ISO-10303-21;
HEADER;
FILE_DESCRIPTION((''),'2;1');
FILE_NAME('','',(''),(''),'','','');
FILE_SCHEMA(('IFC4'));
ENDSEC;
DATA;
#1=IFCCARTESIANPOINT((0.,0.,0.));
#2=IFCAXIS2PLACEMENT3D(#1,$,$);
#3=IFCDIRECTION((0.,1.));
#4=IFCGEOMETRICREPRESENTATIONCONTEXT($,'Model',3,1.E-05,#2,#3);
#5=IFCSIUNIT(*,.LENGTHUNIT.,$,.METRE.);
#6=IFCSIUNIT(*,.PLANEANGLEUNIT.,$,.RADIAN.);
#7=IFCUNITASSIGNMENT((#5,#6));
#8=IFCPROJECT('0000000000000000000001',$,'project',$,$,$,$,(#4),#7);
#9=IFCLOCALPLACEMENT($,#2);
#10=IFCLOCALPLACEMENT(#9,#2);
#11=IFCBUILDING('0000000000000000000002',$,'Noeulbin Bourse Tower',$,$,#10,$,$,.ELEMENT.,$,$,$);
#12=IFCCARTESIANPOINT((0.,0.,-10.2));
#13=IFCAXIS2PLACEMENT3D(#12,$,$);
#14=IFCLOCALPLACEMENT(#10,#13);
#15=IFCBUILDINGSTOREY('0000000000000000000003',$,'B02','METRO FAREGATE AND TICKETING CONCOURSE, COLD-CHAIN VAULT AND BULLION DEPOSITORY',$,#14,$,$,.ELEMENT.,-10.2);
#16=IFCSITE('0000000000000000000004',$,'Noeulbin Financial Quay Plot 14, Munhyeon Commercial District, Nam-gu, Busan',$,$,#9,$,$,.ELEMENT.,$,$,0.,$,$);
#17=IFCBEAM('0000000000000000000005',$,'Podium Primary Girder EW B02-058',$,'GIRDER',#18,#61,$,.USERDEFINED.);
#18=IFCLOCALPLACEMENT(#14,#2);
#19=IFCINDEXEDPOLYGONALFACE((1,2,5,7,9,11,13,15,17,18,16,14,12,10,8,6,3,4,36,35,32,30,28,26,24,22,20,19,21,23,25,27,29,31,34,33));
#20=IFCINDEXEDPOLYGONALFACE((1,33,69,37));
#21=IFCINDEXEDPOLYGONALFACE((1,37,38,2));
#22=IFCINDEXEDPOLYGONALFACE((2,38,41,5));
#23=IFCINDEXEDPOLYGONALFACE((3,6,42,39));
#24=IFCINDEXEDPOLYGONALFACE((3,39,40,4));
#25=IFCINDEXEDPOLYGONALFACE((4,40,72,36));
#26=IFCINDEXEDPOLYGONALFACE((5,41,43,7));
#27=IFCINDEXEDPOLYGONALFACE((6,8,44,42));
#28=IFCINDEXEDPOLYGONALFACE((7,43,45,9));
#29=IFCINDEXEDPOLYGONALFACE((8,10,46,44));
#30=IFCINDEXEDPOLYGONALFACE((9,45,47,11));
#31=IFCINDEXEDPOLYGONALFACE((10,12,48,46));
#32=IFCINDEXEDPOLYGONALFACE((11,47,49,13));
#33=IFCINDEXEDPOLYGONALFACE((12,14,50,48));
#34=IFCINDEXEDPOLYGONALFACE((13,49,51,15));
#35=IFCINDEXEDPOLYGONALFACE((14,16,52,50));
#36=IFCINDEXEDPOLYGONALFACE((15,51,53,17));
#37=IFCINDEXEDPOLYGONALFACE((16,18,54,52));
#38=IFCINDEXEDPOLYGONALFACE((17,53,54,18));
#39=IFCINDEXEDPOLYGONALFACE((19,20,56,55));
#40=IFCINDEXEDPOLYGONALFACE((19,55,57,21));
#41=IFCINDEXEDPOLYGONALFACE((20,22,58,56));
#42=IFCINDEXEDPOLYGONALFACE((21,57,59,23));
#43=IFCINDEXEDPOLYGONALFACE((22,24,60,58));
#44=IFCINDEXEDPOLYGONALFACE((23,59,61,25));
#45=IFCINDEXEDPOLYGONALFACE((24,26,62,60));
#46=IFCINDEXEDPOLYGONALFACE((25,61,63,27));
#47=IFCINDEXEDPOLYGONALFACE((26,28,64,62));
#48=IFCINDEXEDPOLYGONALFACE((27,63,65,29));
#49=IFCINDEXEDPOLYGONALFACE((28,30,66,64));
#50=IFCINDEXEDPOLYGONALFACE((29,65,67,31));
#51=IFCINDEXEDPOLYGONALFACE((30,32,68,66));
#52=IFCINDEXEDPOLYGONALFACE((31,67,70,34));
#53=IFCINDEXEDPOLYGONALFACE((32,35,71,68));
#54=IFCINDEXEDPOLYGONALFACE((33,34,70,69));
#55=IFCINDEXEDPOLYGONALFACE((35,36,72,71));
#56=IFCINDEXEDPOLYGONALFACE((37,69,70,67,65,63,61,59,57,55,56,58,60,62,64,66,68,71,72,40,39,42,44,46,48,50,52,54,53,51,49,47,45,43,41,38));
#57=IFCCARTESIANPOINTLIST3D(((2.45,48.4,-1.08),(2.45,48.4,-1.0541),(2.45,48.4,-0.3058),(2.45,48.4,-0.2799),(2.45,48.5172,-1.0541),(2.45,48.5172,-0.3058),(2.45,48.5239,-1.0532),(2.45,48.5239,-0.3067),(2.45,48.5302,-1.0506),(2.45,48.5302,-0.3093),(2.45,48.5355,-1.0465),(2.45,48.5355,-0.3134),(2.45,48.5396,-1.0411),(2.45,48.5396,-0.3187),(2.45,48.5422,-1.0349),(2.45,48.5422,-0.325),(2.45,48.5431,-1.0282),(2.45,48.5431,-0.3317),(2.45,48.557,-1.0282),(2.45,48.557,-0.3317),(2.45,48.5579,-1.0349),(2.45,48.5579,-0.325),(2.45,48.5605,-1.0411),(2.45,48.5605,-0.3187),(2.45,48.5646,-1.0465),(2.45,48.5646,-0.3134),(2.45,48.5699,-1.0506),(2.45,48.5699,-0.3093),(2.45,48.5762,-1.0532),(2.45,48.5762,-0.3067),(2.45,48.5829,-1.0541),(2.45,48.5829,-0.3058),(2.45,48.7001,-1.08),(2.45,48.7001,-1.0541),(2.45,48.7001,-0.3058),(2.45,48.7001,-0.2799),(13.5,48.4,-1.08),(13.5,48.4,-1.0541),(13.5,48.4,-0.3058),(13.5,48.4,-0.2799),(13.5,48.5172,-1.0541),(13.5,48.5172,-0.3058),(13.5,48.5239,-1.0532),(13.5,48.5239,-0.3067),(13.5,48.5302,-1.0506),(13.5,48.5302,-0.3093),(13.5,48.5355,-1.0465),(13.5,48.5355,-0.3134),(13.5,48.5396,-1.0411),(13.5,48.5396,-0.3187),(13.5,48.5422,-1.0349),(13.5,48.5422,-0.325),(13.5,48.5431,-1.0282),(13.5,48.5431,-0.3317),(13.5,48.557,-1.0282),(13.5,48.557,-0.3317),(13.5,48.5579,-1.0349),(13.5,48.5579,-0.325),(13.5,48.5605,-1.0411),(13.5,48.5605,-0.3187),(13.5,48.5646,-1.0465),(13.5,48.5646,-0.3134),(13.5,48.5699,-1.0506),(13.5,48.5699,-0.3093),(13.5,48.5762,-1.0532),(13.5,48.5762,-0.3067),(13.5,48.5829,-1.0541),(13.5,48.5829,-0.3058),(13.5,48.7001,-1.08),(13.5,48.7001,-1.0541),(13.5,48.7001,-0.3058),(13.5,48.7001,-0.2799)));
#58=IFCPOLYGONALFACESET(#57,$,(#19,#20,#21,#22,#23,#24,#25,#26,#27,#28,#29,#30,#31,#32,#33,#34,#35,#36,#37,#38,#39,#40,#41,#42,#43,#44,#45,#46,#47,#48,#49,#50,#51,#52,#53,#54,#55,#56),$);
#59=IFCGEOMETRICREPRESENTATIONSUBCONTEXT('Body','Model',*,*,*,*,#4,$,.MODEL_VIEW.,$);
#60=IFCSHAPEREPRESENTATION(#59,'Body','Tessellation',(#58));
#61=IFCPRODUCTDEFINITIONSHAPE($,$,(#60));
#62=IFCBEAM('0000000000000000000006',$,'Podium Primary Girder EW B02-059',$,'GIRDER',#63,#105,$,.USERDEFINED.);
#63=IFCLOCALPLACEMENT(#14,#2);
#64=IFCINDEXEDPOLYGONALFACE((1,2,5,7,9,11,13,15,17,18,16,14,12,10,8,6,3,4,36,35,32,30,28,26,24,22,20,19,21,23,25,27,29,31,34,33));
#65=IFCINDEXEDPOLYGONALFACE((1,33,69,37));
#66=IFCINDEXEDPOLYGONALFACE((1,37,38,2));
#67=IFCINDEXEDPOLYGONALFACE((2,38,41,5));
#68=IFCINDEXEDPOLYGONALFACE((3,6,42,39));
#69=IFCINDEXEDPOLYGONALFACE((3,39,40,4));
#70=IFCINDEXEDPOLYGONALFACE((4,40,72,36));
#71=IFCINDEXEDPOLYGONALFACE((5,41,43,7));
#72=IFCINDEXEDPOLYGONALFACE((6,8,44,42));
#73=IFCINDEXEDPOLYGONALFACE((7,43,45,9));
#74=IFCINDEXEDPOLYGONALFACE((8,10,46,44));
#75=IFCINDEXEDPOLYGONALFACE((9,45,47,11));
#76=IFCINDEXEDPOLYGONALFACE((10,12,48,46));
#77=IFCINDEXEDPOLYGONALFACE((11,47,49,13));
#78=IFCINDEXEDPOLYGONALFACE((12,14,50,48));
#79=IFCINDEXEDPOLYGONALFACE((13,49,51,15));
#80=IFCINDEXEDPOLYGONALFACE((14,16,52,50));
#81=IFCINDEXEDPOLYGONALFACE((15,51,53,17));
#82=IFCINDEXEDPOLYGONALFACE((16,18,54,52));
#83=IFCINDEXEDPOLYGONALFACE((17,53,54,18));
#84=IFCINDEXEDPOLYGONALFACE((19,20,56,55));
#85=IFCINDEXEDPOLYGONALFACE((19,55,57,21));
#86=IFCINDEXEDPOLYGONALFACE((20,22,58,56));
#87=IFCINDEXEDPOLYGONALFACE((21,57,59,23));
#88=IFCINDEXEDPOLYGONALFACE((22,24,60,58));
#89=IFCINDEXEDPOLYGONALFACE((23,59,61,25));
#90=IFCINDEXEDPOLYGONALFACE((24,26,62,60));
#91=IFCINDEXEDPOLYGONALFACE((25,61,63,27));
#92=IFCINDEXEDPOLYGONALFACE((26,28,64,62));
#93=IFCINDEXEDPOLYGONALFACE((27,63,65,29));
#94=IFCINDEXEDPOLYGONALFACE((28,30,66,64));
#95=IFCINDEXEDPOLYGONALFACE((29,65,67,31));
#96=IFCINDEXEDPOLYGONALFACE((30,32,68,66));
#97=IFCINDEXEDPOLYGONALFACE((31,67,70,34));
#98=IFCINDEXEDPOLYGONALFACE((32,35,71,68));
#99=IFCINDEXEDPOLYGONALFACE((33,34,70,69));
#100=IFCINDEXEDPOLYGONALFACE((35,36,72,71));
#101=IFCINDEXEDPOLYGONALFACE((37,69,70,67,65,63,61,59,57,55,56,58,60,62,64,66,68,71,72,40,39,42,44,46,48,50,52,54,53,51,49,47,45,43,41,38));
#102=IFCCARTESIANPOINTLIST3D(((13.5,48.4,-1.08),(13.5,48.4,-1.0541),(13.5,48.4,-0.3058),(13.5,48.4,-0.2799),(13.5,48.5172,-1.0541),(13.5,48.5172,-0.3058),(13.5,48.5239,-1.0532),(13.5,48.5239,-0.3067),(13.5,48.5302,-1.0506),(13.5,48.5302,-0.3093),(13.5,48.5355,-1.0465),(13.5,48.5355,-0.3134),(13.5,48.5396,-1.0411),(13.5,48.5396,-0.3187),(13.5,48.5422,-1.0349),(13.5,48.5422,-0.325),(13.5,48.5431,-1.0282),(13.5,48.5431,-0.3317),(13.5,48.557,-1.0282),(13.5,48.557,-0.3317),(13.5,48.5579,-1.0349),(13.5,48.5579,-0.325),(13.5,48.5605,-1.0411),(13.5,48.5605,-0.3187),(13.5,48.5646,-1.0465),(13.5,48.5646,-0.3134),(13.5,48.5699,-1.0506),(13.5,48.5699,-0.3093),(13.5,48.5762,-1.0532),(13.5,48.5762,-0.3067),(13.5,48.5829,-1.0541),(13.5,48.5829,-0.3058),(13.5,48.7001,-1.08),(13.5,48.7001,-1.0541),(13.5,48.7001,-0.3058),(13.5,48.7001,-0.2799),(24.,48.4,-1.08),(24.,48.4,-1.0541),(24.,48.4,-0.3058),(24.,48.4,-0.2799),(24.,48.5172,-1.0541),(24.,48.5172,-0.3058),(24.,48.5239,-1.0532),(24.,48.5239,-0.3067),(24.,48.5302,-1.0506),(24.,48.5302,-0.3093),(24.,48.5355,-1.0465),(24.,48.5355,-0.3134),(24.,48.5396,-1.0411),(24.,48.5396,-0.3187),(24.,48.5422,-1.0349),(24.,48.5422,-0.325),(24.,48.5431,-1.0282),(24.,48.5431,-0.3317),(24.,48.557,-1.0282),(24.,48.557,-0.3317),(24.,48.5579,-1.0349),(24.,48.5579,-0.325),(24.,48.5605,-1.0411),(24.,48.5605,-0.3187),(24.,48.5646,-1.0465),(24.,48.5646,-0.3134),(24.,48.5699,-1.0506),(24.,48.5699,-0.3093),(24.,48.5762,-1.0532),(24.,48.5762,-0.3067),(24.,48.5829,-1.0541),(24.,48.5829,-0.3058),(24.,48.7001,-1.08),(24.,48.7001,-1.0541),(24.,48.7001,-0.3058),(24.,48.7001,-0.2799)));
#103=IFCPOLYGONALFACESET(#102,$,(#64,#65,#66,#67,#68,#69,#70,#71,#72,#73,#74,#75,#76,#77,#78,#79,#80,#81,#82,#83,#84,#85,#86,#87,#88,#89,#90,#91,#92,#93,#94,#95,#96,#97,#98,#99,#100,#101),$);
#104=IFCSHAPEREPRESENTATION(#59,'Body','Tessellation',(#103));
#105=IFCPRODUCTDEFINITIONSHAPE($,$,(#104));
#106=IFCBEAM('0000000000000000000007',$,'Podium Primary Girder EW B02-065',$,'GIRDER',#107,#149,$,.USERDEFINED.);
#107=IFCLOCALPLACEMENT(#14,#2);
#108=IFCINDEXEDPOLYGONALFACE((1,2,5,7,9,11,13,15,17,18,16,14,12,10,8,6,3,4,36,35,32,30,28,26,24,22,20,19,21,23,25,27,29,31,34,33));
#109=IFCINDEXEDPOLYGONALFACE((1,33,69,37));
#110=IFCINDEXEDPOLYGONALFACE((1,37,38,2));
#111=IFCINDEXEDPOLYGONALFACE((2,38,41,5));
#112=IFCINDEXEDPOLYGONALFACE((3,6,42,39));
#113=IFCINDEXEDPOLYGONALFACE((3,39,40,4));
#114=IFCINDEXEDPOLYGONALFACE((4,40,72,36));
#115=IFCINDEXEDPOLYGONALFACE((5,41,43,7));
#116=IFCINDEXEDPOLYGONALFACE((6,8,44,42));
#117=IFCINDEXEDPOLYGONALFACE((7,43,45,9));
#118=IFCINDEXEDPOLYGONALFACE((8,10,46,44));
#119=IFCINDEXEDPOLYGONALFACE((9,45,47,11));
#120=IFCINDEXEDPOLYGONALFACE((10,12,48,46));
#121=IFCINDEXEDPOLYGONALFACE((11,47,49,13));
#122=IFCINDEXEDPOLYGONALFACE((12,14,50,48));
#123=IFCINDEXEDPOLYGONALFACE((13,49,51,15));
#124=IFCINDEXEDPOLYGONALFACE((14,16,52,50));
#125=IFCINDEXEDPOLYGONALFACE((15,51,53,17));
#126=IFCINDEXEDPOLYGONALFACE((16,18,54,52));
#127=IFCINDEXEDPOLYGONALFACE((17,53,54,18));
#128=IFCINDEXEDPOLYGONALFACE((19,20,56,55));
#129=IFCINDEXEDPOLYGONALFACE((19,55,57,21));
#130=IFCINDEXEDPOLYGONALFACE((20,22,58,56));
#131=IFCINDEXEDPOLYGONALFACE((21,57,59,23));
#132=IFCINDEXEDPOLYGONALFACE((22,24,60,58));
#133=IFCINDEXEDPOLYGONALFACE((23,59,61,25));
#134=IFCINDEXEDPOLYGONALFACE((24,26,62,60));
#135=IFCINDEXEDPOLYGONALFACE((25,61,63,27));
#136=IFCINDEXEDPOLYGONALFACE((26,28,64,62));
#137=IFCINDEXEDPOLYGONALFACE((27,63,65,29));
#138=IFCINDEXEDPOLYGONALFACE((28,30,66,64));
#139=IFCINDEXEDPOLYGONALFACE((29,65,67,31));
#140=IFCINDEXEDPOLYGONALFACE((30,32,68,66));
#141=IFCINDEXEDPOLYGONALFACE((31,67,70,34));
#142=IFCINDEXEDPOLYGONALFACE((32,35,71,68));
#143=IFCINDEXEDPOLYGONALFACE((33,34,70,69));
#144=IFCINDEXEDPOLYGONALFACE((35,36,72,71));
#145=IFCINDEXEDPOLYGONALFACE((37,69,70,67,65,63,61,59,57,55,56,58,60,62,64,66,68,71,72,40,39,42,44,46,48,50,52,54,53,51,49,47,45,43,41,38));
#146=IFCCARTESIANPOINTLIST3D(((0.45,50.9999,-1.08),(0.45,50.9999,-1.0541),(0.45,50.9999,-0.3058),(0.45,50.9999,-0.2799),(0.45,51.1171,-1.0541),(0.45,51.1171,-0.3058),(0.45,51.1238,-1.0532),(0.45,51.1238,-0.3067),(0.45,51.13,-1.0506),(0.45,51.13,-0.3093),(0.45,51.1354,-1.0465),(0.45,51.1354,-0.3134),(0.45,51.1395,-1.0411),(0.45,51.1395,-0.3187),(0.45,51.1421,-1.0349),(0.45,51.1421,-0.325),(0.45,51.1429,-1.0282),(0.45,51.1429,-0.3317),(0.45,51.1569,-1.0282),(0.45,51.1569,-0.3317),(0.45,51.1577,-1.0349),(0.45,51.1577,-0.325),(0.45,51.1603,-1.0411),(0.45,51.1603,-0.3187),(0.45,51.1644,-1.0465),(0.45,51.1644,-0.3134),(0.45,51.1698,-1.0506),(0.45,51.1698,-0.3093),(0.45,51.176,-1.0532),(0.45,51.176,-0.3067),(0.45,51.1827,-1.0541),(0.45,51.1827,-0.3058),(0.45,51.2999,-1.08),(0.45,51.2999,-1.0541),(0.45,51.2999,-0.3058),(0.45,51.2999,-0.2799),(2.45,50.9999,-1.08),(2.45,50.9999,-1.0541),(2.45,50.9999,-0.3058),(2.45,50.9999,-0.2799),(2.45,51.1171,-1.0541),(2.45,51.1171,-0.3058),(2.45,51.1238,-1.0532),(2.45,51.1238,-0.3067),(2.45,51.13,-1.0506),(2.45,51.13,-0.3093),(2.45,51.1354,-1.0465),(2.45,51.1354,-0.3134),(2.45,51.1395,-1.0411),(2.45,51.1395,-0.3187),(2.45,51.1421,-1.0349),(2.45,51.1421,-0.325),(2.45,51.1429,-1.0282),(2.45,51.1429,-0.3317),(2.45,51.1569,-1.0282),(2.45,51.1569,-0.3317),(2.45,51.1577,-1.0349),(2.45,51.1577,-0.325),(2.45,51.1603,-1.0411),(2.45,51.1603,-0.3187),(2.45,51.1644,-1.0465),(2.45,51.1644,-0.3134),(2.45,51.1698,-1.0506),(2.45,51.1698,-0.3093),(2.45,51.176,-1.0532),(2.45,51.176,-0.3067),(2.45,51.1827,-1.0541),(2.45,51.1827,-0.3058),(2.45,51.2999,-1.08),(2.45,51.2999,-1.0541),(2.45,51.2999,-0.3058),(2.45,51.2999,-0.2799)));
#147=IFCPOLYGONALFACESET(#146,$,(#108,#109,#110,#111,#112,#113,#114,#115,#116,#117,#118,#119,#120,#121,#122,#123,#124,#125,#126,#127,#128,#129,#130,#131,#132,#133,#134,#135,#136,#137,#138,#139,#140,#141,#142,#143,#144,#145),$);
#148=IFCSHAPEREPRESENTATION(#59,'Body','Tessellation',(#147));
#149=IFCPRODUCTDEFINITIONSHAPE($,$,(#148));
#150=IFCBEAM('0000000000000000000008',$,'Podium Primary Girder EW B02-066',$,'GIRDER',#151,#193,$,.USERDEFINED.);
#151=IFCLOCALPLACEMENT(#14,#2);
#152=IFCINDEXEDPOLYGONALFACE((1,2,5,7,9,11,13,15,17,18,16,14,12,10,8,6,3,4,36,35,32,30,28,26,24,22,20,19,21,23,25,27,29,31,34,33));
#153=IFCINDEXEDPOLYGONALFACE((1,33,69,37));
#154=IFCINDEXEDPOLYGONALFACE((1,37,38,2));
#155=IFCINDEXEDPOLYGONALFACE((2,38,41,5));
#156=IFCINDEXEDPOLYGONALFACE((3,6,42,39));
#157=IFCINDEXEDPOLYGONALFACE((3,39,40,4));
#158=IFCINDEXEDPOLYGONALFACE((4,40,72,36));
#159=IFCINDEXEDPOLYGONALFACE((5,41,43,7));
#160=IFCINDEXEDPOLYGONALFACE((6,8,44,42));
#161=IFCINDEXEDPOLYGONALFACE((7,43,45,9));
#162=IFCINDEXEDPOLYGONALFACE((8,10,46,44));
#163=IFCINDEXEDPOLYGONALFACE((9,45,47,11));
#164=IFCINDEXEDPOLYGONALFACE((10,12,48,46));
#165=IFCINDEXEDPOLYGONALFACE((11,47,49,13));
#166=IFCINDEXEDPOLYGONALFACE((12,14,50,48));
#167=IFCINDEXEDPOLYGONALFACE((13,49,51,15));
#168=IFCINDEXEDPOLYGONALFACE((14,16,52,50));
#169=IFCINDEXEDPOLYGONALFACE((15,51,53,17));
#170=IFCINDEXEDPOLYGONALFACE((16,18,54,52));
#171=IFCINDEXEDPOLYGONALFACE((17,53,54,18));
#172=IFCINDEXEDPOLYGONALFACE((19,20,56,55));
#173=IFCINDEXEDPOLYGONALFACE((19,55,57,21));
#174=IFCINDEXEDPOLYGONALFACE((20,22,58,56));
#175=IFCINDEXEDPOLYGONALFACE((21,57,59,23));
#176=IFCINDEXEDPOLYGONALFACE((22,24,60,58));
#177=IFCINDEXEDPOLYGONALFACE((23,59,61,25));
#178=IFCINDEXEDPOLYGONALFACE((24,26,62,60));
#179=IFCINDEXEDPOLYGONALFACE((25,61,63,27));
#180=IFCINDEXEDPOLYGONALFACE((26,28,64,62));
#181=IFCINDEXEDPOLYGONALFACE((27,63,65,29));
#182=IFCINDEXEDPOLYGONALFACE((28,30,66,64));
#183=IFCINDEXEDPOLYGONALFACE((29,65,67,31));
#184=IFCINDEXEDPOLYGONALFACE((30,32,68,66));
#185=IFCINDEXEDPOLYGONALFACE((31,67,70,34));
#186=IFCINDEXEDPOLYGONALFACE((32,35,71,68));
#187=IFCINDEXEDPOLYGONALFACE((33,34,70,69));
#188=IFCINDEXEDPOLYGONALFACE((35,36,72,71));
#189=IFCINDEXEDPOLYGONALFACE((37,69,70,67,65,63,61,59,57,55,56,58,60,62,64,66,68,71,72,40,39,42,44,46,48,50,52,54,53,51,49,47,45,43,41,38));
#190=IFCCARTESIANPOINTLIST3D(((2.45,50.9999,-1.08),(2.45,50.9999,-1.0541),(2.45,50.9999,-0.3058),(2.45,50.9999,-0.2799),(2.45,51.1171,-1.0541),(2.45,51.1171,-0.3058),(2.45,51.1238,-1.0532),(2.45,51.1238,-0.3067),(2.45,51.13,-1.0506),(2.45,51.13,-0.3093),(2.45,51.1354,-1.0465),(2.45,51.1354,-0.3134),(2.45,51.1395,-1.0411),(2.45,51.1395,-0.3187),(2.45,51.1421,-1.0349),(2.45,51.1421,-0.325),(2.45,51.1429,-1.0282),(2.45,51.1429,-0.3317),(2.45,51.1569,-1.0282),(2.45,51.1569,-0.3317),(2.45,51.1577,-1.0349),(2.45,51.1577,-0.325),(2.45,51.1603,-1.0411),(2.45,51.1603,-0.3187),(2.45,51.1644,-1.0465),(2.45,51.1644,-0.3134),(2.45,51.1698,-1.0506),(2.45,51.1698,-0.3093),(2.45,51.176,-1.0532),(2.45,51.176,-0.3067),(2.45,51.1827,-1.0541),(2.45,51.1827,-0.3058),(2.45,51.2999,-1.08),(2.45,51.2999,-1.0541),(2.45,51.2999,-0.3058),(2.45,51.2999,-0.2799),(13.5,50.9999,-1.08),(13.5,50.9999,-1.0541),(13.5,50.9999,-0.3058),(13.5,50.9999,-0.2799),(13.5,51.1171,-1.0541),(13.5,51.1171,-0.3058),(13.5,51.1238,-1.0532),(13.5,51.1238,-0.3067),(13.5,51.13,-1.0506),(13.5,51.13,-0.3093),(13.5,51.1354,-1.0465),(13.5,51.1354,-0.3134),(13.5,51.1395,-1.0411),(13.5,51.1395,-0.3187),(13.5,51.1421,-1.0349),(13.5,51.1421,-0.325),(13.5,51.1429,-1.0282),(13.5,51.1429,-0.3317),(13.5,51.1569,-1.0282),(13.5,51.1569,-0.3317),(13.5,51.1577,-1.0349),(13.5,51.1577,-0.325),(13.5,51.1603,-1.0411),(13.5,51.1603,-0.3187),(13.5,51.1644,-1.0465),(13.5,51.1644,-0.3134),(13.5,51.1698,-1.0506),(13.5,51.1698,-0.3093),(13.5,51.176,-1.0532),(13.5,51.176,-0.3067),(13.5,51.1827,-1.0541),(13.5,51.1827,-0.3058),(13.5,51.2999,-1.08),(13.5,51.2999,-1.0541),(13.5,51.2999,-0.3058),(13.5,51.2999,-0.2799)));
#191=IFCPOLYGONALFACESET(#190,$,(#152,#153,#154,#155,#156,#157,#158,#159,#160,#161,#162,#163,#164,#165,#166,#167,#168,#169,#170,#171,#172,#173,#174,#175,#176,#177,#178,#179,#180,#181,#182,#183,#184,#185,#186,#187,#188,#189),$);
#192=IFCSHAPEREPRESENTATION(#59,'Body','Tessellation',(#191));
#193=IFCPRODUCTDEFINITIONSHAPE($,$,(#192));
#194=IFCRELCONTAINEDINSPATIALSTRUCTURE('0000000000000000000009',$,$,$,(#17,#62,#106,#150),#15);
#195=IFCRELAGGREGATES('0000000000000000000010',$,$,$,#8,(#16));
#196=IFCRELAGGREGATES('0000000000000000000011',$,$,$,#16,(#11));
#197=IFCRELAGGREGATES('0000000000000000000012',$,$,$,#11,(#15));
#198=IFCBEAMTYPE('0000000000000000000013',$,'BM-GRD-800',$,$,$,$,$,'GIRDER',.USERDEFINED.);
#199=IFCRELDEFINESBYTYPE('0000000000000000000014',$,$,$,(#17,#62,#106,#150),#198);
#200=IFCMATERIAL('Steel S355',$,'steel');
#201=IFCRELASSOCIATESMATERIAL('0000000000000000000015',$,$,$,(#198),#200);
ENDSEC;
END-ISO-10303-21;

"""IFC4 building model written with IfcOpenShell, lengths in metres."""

from ifc_helpers import new_model, si_unit, direction, frame, origin, origin_2d, place, context, subcontext, project, spatial, i_section, extrude, material, material_profile, profile_set, type_object, element, save


model = new_model("IFC4")

# Units and contexts
model_context = context("Model", 3, precision=1e-05, world=origin(), true_north=direction((0.0, 1.0)))
body_context = subcontext(model_context, "Body", "Model", "MODEL_VIEW")
ifc_project = project(units=[si_unit("LENGTHUNIT", "METRE"), si_unit("PLANEANGLEUNIT", "RADIAN")], contexts=[model_context])

# Site, building, storey
site_placement = place(None, origin())
site = spatial("IfcSite", under=ifc_project, at=site_placement, Name="Noeulbin Financial Quay Plot 14, Munhyeon Commercial District, Nam-gu, Busan", CompositionType="ELEMENT", RefElevation=0.0)
building_placement = place(site_placement, origin())
building = spatial("IfcBuilding", under=site, at=building_placement, Name="Noeulbin Bourse Tower", CompositionType="ELEMENT")
storey_placement = place(building_placement, frame((0.0, 0.0, -10.2)))
storey = spatial("IfcBuildingStorey", under=building, at=storey_placement, Name="B02", Description="METRO FAREGATE AND TICKETING CONCOURSE, COLD-CHAIN VAULT AND BULLION DEPOSITORY", CompositionType="ELEMENT", Elevation=-10.2)

# Beams
ifc_material_1 = material(Name="Steel S355", Category="steel")
ifc_material_profile_1 = material_profile(ifc_material_1, i_section(OverallWidth=0.3, OverallDepth=0.8, WebThickness=0.0139, FlangeThickness=0.0259, FilletRadius=0.0259, at=origin_2d()), Name="H-800x300x14x26", Category="LoadBearing")
ifc_profile_set_1 = profile_set([ifc_material_profile_1], Name="Steel S355")
beam_type_1 = type_object("IfcBeamType", Name="BM-GRD-800", ElementType="GIRDER", PredefinedType="USERDEFINED", material=ifc_profile_set_1)
beam_1_placement = place(storey_placement, frame((2.45, 48.55, -0.6799), z_axis=(1.0, 0.0, 0.0), x_axis=(0.0, 1.0, 0.0)))
element("IfcBeam", 1, at=beam_1_placement, inside=storey, type_object=beam_type_1, Name="Podium Primary Girder EW B02-058", ObjectType="GIRDER", PredefinedType="USERDEFINED", context=body_context, shape_type="SweptSolid", body=[
    extrude(i_section(OverallWidth=0.3, OverallDepth=0.8, WebThickness=0.0139, FlangeThickness=0.0259, FilletRadius=0.0259, at=origin_2d()), origin(), (0.0, 0.0, 1.0), 11.05),
])
beam_2_placement = place(storey_placement, frame((13.5, 48.55, -0.6799), z_axis=(1.0, 0.0, 0.0), x_axis=(0.0, 1.0, 0.0)))
element("IfcBeam", 2, at=beam_2_placement, inside=storey, type_object=beam_type_1, Name="Podium Primary Girder EW B02-059", ObjectType="GIRDER", PredefinedType="USERDEFINED", context=body_context, shape_type="SweptSolid", body=[
    extrude(i_section(OverallWidth=0.3, OverallDepth=0.8, WebThickness=0.0139, FlangeThickness=0.0259, FilletRadius=0.0259, at=origin_2d()), origin(), (0.0, 0.0, 1.0), 10.5),
])
beam_3_placement = place(storey_placement, frame((0.45, 51.1499, -0.6799), z_axis=(1.0, 0.0, 0.0), x_axis=(0.0, 1.0, 0.0)))
element("IfcBeam", 3, at=beam_3_placement, inside=storey, type_object=beam_type_1, Name="Podium Primary Girder EW B02-065", ObjectType="GIRDER", PredefinedType="USERDEFINED", context=body_context, shape_type="SweptSolid", body=[
    extrude(i_section(OverallWidth=0.3, OverallDepth=0.8, WebThickness=0.0139, FlangeThickness=0.0259, FilletRadius=0.0259, at=origin_2d()), origin(), (0.0, 0.0, 1.0), 2.0),
])
beam_4_placement = place(storey_placement, frame((2.45, 51.1499, -0.6799), z_axis=(1.0, 0.0, 0.0), x_axis=(0.0, 1.0, 0.0)))
element("IfcBeam", 4, at=beam_4_placement, inside=storey, type_object=beam_type_1, Name="Podium Primary Girder EW B02-066", ObjectType="GIRDER", PredefinedType="USERDEFINED", context=body_context, shape_type="SweptSolid", body=[
    extrude(i_section(OverallWidth=0.3, OverallDepth=0.8, WebThickness=0.0139, FlangeThickness=0.0259, FilletRadius=0.0259, at=origin_2d()), origin(), (0.0, 0.0, 1.0), 11.05),
])

save(model, "model.ifc")
